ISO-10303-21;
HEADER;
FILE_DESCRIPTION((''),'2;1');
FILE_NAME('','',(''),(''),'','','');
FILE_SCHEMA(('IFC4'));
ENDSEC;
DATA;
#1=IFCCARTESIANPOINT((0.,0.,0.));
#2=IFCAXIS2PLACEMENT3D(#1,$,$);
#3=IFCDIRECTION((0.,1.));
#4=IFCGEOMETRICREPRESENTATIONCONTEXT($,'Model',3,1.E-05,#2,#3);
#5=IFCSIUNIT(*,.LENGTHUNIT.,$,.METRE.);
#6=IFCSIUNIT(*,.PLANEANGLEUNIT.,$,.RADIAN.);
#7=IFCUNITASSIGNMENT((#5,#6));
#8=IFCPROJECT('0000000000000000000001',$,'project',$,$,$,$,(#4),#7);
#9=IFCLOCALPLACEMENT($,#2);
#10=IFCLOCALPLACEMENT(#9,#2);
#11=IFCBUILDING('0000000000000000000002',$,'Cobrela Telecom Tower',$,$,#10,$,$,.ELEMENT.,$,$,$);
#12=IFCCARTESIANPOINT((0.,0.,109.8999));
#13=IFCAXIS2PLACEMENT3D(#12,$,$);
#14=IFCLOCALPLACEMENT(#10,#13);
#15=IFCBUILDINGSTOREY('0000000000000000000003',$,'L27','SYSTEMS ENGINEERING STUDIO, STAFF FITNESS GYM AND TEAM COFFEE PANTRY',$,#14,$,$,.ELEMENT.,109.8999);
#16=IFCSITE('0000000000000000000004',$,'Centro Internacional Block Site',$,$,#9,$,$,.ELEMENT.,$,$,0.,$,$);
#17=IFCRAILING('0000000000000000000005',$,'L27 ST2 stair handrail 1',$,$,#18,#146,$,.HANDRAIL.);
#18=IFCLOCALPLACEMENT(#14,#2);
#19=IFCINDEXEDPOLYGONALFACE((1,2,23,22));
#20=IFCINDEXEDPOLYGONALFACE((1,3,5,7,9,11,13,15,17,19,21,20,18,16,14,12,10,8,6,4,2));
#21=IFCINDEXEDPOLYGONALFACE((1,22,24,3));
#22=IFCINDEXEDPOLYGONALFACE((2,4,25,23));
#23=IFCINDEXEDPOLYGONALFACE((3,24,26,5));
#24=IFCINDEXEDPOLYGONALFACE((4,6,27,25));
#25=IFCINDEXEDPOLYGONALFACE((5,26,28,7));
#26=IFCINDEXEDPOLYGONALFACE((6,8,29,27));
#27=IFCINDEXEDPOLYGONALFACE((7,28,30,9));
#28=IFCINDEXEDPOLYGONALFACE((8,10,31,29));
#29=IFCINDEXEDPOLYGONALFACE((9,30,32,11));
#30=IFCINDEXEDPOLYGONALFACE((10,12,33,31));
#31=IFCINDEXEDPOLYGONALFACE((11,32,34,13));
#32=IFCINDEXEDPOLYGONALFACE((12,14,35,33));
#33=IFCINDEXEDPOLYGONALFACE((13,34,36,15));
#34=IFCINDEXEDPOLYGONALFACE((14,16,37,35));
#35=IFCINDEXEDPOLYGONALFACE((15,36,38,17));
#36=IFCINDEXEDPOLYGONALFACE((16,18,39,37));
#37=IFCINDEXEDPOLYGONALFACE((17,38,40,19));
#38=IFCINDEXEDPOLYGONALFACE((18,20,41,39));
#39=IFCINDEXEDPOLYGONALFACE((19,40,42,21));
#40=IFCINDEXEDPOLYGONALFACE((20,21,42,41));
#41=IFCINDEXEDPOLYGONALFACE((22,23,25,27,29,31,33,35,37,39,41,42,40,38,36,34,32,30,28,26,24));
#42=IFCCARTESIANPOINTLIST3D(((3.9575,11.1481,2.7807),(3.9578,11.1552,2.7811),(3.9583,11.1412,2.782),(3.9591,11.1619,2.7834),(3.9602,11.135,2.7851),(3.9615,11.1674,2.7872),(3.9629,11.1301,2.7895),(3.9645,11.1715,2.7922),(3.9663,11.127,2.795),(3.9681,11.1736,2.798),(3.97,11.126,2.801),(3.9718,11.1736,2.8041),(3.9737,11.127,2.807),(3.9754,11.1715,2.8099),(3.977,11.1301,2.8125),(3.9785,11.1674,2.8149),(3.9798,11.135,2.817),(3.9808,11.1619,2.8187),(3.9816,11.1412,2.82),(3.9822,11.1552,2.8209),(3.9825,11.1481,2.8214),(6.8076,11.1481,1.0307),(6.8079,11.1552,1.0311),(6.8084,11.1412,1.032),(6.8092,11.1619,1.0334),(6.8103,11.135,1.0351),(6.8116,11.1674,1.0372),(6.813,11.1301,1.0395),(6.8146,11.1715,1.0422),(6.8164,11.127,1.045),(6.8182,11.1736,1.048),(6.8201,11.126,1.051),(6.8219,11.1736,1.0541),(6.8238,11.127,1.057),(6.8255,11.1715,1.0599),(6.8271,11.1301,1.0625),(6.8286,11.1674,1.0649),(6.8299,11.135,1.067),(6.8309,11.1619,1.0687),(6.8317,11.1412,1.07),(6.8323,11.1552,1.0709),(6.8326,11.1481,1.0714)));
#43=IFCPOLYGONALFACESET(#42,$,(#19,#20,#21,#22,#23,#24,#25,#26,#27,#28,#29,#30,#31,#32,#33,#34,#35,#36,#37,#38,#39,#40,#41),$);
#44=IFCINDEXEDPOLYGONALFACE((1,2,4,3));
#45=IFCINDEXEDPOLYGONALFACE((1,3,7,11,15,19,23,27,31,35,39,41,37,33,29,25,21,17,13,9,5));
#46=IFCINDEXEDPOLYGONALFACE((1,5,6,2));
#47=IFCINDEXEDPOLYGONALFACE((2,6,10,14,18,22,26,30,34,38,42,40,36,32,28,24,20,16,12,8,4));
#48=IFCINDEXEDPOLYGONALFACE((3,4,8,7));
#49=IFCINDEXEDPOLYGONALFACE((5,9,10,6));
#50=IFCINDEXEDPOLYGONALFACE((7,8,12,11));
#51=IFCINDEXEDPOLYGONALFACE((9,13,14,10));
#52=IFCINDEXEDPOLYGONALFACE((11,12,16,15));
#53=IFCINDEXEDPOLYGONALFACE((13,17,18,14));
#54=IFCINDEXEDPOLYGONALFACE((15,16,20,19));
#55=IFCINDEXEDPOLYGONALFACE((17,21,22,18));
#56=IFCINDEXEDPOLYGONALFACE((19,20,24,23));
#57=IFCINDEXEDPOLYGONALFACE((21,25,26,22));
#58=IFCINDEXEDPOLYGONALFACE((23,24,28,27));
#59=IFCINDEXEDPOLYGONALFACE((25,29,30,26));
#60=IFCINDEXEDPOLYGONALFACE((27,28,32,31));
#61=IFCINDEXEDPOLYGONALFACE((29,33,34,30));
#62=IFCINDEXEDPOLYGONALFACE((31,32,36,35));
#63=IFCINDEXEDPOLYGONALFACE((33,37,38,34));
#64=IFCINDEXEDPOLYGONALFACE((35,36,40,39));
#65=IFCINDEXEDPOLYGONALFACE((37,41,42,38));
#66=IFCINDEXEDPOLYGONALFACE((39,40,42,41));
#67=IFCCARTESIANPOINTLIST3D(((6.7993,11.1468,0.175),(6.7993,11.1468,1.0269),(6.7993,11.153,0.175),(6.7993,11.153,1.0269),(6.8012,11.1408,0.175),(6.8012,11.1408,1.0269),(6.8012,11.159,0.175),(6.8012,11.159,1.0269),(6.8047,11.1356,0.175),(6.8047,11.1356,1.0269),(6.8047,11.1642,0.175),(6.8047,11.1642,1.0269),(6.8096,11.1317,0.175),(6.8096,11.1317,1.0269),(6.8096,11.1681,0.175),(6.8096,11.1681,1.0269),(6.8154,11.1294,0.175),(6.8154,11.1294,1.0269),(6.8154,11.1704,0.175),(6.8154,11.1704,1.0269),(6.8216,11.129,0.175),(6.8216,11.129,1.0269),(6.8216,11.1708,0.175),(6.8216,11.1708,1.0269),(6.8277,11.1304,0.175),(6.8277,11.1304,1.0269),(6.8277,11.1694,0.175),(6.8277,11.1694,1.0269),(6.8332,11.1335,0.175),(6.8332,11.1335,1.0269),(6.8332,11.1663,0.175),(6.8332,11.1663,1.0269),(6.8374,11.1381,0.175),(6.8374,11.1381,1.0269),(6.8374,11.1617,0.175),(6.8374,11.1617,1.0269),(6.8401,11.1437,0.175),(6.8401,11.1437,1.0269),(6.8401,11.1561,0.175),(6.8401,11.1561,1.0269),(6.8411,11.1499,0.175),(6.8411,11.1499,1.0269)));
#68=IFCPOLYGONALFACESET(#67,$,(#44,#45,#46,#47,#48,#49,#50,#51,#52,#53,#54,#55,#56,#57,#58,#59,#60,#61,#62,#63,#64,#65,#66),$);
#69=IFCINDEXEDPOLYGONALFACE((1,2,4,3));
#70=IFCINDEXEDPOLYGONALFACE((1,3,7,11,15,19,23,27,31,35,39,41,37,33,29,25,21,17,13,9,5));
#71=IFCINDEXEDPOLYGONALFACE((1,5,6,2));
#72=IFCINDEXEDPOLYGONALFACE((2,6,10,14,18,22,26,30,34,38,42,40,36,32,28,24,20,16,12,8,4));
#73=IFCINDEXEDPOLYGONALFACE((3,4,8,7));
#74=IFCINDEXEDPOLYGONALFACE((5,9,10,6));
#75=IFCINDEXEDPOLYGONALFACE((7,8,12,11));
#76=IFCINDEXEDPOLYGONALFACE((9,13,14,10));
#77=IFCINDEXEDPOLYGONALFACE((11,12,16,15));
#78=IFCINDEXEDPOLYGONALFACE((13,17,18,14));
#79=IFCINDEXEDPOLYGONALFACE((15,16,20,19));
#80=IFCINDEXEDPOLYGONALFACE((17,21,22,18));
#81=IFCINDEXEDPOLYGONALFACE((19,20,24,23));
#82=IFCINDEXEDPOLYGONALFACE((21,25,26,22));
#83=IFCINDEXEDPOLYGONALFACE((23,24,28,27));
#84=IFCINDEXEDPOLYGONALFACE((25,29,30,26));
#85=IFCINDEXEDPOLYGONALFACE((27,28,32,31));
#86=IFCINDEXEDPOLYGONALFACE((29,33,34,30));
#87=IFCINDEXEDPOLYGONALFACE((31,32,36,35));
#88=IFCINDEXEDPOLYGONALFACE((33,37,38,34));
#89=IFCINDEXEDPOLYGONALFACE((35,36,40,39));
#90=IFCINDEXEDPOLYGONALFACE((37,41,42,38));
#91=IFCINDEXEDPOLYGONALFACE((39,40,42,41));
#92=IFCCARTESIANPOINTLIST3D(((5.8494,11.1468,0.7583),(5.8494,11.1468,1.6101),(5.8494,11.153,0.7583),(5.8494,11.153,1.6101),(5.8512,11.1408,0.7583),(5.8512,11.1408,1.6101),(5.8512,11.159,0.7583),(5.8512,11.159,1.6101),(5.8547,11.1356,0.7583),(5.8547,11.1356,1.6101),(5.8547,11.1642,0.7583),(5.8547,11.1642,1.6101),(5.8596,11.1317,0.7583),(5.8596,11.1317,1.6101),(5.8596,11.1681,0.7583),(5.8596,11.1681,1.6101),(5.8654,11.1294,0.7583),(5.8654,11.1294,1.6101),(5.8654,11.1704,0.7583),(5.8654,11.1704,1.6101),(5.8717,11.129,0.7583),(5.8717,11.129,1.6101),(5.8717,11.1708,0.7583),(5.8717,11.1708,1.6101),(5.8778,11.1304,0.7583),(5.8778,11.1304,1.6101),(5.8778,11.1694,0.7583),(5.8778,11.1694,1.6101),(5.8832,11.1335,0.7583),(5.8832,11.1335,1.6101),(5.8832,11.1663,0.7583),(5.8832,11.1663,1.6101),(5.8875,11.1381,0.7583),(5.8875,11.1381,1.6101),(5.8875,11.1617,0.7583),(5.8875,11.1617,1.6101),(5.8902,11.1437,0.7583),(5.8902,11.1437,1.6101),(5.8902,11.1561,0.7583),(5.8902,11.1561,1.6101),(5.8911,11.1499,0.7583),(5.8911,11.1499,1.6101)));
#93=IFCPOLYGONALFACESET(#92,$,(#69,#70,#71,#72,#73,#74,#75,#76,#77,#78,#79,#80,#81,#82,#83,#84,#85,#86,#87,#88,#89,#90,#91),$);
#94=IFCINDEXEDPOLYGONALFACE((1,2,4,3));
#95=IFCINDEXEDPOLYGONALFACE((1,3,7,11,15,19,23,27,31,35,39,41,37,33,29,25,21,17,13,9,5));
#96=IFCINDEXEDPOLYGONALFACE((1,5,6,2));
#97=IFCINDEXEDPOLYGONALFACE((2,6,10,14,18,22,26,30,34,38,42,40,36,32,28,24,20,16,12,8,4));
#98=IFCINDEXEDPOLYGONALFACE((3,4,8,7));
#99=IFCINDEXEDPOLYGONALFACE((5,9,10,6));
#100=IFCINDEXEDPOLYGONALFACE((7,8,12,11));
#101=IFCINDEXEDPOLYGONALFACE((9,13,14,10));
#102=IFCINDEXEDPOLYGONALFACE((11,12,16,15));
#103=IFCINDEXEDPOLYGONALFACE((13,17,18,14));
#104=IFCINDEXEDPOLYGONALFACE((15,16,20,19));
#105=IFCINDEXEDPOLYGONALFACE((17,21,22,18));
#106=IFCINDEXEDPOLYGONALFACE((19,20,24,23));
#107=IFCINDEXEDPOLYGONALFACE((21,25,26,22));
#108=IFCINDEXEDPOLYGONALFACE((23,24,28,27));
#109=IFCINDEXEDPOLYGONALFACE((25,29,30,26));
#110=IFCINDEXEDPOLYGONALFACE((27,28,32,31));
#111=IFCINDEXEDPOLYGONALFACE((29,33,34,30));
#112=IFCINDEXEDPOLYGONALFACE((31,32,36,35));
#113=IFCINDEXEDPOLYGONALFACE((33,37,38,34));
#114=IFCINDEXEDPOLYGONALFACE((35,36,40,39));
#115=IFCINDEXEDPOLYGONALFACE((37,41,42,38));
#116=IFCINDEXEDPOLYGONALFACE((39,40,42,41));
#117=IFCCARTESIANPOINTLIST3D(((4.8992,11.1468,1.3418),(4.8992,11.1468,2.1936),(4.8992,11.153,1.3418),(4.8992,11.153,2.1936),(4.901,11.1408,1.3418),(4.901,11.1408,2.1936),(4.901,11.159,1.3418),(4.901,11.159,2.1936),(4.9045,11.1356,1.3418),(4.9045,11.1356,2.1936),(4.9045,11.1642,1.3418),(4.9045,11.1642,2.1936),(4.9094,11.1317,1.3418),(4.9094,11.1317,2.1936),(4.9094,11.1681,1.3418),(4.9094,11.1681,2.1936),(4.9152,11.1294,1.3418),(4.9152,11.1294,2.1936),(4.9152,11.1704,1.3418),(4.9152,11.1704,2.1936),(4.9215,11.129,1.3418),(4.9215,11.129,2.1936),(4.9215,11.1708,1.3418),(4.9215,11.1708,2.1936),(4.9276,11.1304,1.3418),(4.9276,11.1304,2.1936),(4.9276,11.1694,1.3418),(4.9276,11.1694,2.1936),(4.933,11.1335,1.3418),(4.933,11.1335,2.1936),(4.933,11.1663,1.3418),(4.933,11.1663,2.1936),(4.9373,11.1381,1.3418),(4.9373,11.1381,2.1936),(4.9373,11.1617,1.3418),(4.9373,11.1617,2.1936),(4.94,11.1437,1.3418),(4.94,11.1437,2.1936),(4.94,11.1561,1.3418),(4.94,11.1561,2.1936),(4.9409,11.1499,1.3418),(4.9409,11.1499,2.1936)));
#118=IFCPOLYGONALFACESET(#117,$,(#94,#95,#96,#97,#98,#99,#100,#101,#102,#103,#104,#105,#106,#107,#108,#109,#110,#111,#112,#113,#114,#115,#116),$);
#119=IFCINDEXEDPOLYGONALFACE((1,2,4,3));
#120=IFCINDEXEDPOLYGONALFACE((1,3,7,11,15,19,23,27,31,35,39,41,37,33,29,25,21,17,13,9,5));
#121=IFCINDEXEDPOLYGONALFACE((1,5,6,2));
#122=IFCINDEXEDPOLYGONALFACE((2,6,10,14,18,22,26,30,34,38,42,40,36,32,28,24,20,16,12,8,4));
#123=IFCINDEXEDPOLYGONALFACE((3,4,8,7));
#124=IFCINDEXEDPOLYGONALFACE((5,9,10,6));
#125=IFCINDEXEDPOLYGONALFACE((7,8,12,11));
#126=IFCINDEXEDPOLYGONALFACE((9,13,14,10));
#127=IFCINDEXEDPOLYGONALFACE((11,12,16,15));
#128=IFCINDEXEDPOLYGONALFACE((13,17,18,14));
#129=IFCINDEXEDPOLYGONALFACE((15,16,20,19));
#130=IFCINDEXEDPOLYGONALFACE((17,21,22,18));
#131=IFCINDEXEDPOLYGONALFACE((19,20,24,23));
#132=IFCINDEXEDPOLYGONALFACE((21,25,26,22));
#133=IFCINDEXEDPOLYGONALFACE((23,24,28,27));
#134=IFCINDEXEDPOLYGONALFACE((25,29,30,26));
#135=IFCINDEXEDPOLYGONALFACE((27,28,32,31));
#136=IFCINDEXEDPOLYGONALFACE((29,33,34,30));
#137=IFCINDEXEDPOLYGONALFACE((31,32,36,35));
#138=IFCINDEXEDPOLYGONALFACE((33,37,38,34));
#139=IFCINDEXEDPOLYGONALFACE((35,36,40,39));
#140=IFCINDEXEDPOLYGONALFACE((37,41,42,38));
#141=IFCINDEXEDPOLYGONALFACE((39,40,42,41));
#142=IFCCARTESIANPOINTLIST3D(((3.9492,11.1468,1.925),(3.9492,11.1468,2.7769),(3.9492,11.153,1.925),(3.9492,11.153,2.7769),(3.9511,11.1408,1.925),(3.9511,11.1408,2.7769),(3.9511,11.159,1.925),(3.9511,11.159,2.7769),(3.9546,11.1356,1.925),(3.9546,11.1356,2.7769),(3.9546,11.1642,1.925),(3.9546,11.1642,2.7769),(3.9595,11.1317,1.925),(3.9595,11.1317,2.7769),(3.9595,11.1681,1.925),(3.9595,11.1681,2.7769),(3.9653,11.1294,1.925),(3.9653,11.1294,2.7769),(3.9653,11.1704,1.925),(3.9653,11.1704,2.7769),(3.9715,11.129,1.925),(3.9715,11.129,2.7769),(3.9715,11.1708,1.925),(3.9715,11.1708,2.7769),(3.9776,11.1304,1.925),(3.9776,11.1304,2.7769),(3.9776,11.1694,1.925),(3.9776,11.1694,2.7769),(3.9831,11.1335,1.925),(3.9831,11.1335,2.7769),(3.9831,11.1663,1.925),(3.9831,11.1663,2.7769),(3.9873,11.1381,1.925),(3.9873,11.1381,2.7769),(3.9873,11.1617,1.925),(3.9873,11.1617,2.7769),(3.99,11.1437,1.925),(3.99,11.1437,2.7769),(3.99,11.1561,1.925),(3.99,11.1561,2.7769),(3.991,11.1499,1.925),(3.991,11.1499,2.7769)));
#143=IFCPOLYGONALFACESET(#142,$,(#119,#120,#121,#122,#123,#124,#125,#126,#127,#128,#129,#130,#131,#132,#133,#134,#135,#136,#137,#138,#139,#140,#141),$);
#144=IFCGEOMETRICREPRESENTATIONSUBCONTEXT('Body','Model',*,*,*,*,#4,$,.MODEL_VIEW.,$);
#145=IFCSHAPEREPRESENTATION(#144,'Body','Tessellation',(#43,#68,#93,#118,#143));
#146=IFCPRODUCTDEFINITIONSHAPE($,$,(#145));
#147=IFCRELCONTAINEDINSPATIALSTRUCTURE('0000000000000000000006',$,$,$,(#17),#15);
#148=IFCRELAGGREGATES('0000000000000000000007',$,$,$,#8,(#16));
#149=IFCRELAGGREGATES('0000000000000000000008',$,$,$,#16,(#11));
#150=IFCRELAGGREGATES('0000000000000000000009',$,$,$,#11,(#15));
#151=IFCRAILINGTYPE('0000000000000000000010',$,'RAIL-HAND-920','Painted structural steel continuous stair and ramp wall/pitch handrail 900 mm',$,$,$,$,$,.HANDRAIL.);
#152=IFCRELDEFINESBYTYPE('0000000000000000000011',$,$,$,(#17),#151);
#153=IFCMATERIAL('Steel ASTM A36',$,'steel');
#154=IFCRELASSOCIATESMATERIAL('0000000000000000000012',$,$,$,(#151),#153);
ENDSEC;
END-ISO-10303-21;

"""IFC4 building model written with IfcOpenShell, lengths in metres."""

from ifc_helpers import new_model, si_unit, direction, frame, origin, origin_2d, place, context, subcontext, project, spatial, circle, extrude, material, type_object, element, save


model = new_model("IFC4")

# Units and contexts
model_context = context("Model", 3, precision=1e-05, world=origin(), true_north=direction((0.0, 1.0)))
body_context = subcontext(model_context, "Body", "Model", "MODEL_VIEW")
ifc_project = project(units=[si_unit("LENGTHUNIT", "METRE"), si_unit("PLANEANGLEUNIT", "RADIAN")], contexts=[model_context])

# Site, building, storey
site_placement = place(None, origin())
site = spatial("IfcSite", under=ifc_project, at=site_placement, Name="Centro Internacional Block Site", CompositionType="ELEMENT", RefElevation=0.0)
building_placement = place(site_placement, origin())
building = spatial("IfcBuilding", under=site, at=building_placement, Name="Cobrela Telecom Tower", CompositionType="ELEMENT")
storey_placement = place(building_placement, frame((0.0, 0.0, 109.8999)))
storey = spatial("IfcBuildingStorey", under=building, at=storey_placement, Name="L27", Description="SYSTEMS ENGINEERING STUDIO, STAFF FITNESS GYM AND TEAM COFFEE PANTRY", CompositionType="ELEMENT", Elevation=109.8999)

# Shared definitions
ifc_material_1 = material(Name="Steel ASTM A36", Category="steel")

# Railing
railing_type_1 = type_object("IfcRailingType", Name="RAIL-HAND-920", Description="Painted structural steel continuous stair and ramp wall/pitch handrail 900 mm", PredefinedType="HANDRAIL", material=ifc_material_1)
railing_1_placement = place(storey_placement, frame((6.8201, 11.1499, 0.175)))
element("IfcRailing", 1, at=railing_1_placement, inside=storey, type_object=railing_type_1, Name="L27 ST2 stair handrail 1", PredefinedType="HANDRAIL", context=body_context, shape_type="SweptSolid", body=[
    extrude(circle(Radius=0.0239, at=origin_2d()), frame((0.0, 0.0, 0.876), z_axis=(-0.852179, 0.0, 0.52325), x_axis=(0.0, -1.0, 0.0)), (0.0, 0.0, 1.0), 3.3445),
    extrude(circle(Radius=0.021, at=origin_2d()), origin(), (0.0, 0.0, 1.0), 0.8518),
    extrude(circle(Radius=0.021, at=origin_2d()), frame((-0.95, 0.0, 0.5833)), (0.0, 0.0, 1.0), 0.8518),
    extrude(circle(Radius=0.021, at=origin_2d()), frame((-1.9001, 0.0, 1.1667)), (0.0, 0.0, 1.0), 0.8518),
    extrude(circle(Radius=0.021, at=origin_2d()), frame((-2.8501, 0.0, 1.75)), (0.0, 0.0, 1.0), 0.8518),
])

save(model, "model.ifc")
